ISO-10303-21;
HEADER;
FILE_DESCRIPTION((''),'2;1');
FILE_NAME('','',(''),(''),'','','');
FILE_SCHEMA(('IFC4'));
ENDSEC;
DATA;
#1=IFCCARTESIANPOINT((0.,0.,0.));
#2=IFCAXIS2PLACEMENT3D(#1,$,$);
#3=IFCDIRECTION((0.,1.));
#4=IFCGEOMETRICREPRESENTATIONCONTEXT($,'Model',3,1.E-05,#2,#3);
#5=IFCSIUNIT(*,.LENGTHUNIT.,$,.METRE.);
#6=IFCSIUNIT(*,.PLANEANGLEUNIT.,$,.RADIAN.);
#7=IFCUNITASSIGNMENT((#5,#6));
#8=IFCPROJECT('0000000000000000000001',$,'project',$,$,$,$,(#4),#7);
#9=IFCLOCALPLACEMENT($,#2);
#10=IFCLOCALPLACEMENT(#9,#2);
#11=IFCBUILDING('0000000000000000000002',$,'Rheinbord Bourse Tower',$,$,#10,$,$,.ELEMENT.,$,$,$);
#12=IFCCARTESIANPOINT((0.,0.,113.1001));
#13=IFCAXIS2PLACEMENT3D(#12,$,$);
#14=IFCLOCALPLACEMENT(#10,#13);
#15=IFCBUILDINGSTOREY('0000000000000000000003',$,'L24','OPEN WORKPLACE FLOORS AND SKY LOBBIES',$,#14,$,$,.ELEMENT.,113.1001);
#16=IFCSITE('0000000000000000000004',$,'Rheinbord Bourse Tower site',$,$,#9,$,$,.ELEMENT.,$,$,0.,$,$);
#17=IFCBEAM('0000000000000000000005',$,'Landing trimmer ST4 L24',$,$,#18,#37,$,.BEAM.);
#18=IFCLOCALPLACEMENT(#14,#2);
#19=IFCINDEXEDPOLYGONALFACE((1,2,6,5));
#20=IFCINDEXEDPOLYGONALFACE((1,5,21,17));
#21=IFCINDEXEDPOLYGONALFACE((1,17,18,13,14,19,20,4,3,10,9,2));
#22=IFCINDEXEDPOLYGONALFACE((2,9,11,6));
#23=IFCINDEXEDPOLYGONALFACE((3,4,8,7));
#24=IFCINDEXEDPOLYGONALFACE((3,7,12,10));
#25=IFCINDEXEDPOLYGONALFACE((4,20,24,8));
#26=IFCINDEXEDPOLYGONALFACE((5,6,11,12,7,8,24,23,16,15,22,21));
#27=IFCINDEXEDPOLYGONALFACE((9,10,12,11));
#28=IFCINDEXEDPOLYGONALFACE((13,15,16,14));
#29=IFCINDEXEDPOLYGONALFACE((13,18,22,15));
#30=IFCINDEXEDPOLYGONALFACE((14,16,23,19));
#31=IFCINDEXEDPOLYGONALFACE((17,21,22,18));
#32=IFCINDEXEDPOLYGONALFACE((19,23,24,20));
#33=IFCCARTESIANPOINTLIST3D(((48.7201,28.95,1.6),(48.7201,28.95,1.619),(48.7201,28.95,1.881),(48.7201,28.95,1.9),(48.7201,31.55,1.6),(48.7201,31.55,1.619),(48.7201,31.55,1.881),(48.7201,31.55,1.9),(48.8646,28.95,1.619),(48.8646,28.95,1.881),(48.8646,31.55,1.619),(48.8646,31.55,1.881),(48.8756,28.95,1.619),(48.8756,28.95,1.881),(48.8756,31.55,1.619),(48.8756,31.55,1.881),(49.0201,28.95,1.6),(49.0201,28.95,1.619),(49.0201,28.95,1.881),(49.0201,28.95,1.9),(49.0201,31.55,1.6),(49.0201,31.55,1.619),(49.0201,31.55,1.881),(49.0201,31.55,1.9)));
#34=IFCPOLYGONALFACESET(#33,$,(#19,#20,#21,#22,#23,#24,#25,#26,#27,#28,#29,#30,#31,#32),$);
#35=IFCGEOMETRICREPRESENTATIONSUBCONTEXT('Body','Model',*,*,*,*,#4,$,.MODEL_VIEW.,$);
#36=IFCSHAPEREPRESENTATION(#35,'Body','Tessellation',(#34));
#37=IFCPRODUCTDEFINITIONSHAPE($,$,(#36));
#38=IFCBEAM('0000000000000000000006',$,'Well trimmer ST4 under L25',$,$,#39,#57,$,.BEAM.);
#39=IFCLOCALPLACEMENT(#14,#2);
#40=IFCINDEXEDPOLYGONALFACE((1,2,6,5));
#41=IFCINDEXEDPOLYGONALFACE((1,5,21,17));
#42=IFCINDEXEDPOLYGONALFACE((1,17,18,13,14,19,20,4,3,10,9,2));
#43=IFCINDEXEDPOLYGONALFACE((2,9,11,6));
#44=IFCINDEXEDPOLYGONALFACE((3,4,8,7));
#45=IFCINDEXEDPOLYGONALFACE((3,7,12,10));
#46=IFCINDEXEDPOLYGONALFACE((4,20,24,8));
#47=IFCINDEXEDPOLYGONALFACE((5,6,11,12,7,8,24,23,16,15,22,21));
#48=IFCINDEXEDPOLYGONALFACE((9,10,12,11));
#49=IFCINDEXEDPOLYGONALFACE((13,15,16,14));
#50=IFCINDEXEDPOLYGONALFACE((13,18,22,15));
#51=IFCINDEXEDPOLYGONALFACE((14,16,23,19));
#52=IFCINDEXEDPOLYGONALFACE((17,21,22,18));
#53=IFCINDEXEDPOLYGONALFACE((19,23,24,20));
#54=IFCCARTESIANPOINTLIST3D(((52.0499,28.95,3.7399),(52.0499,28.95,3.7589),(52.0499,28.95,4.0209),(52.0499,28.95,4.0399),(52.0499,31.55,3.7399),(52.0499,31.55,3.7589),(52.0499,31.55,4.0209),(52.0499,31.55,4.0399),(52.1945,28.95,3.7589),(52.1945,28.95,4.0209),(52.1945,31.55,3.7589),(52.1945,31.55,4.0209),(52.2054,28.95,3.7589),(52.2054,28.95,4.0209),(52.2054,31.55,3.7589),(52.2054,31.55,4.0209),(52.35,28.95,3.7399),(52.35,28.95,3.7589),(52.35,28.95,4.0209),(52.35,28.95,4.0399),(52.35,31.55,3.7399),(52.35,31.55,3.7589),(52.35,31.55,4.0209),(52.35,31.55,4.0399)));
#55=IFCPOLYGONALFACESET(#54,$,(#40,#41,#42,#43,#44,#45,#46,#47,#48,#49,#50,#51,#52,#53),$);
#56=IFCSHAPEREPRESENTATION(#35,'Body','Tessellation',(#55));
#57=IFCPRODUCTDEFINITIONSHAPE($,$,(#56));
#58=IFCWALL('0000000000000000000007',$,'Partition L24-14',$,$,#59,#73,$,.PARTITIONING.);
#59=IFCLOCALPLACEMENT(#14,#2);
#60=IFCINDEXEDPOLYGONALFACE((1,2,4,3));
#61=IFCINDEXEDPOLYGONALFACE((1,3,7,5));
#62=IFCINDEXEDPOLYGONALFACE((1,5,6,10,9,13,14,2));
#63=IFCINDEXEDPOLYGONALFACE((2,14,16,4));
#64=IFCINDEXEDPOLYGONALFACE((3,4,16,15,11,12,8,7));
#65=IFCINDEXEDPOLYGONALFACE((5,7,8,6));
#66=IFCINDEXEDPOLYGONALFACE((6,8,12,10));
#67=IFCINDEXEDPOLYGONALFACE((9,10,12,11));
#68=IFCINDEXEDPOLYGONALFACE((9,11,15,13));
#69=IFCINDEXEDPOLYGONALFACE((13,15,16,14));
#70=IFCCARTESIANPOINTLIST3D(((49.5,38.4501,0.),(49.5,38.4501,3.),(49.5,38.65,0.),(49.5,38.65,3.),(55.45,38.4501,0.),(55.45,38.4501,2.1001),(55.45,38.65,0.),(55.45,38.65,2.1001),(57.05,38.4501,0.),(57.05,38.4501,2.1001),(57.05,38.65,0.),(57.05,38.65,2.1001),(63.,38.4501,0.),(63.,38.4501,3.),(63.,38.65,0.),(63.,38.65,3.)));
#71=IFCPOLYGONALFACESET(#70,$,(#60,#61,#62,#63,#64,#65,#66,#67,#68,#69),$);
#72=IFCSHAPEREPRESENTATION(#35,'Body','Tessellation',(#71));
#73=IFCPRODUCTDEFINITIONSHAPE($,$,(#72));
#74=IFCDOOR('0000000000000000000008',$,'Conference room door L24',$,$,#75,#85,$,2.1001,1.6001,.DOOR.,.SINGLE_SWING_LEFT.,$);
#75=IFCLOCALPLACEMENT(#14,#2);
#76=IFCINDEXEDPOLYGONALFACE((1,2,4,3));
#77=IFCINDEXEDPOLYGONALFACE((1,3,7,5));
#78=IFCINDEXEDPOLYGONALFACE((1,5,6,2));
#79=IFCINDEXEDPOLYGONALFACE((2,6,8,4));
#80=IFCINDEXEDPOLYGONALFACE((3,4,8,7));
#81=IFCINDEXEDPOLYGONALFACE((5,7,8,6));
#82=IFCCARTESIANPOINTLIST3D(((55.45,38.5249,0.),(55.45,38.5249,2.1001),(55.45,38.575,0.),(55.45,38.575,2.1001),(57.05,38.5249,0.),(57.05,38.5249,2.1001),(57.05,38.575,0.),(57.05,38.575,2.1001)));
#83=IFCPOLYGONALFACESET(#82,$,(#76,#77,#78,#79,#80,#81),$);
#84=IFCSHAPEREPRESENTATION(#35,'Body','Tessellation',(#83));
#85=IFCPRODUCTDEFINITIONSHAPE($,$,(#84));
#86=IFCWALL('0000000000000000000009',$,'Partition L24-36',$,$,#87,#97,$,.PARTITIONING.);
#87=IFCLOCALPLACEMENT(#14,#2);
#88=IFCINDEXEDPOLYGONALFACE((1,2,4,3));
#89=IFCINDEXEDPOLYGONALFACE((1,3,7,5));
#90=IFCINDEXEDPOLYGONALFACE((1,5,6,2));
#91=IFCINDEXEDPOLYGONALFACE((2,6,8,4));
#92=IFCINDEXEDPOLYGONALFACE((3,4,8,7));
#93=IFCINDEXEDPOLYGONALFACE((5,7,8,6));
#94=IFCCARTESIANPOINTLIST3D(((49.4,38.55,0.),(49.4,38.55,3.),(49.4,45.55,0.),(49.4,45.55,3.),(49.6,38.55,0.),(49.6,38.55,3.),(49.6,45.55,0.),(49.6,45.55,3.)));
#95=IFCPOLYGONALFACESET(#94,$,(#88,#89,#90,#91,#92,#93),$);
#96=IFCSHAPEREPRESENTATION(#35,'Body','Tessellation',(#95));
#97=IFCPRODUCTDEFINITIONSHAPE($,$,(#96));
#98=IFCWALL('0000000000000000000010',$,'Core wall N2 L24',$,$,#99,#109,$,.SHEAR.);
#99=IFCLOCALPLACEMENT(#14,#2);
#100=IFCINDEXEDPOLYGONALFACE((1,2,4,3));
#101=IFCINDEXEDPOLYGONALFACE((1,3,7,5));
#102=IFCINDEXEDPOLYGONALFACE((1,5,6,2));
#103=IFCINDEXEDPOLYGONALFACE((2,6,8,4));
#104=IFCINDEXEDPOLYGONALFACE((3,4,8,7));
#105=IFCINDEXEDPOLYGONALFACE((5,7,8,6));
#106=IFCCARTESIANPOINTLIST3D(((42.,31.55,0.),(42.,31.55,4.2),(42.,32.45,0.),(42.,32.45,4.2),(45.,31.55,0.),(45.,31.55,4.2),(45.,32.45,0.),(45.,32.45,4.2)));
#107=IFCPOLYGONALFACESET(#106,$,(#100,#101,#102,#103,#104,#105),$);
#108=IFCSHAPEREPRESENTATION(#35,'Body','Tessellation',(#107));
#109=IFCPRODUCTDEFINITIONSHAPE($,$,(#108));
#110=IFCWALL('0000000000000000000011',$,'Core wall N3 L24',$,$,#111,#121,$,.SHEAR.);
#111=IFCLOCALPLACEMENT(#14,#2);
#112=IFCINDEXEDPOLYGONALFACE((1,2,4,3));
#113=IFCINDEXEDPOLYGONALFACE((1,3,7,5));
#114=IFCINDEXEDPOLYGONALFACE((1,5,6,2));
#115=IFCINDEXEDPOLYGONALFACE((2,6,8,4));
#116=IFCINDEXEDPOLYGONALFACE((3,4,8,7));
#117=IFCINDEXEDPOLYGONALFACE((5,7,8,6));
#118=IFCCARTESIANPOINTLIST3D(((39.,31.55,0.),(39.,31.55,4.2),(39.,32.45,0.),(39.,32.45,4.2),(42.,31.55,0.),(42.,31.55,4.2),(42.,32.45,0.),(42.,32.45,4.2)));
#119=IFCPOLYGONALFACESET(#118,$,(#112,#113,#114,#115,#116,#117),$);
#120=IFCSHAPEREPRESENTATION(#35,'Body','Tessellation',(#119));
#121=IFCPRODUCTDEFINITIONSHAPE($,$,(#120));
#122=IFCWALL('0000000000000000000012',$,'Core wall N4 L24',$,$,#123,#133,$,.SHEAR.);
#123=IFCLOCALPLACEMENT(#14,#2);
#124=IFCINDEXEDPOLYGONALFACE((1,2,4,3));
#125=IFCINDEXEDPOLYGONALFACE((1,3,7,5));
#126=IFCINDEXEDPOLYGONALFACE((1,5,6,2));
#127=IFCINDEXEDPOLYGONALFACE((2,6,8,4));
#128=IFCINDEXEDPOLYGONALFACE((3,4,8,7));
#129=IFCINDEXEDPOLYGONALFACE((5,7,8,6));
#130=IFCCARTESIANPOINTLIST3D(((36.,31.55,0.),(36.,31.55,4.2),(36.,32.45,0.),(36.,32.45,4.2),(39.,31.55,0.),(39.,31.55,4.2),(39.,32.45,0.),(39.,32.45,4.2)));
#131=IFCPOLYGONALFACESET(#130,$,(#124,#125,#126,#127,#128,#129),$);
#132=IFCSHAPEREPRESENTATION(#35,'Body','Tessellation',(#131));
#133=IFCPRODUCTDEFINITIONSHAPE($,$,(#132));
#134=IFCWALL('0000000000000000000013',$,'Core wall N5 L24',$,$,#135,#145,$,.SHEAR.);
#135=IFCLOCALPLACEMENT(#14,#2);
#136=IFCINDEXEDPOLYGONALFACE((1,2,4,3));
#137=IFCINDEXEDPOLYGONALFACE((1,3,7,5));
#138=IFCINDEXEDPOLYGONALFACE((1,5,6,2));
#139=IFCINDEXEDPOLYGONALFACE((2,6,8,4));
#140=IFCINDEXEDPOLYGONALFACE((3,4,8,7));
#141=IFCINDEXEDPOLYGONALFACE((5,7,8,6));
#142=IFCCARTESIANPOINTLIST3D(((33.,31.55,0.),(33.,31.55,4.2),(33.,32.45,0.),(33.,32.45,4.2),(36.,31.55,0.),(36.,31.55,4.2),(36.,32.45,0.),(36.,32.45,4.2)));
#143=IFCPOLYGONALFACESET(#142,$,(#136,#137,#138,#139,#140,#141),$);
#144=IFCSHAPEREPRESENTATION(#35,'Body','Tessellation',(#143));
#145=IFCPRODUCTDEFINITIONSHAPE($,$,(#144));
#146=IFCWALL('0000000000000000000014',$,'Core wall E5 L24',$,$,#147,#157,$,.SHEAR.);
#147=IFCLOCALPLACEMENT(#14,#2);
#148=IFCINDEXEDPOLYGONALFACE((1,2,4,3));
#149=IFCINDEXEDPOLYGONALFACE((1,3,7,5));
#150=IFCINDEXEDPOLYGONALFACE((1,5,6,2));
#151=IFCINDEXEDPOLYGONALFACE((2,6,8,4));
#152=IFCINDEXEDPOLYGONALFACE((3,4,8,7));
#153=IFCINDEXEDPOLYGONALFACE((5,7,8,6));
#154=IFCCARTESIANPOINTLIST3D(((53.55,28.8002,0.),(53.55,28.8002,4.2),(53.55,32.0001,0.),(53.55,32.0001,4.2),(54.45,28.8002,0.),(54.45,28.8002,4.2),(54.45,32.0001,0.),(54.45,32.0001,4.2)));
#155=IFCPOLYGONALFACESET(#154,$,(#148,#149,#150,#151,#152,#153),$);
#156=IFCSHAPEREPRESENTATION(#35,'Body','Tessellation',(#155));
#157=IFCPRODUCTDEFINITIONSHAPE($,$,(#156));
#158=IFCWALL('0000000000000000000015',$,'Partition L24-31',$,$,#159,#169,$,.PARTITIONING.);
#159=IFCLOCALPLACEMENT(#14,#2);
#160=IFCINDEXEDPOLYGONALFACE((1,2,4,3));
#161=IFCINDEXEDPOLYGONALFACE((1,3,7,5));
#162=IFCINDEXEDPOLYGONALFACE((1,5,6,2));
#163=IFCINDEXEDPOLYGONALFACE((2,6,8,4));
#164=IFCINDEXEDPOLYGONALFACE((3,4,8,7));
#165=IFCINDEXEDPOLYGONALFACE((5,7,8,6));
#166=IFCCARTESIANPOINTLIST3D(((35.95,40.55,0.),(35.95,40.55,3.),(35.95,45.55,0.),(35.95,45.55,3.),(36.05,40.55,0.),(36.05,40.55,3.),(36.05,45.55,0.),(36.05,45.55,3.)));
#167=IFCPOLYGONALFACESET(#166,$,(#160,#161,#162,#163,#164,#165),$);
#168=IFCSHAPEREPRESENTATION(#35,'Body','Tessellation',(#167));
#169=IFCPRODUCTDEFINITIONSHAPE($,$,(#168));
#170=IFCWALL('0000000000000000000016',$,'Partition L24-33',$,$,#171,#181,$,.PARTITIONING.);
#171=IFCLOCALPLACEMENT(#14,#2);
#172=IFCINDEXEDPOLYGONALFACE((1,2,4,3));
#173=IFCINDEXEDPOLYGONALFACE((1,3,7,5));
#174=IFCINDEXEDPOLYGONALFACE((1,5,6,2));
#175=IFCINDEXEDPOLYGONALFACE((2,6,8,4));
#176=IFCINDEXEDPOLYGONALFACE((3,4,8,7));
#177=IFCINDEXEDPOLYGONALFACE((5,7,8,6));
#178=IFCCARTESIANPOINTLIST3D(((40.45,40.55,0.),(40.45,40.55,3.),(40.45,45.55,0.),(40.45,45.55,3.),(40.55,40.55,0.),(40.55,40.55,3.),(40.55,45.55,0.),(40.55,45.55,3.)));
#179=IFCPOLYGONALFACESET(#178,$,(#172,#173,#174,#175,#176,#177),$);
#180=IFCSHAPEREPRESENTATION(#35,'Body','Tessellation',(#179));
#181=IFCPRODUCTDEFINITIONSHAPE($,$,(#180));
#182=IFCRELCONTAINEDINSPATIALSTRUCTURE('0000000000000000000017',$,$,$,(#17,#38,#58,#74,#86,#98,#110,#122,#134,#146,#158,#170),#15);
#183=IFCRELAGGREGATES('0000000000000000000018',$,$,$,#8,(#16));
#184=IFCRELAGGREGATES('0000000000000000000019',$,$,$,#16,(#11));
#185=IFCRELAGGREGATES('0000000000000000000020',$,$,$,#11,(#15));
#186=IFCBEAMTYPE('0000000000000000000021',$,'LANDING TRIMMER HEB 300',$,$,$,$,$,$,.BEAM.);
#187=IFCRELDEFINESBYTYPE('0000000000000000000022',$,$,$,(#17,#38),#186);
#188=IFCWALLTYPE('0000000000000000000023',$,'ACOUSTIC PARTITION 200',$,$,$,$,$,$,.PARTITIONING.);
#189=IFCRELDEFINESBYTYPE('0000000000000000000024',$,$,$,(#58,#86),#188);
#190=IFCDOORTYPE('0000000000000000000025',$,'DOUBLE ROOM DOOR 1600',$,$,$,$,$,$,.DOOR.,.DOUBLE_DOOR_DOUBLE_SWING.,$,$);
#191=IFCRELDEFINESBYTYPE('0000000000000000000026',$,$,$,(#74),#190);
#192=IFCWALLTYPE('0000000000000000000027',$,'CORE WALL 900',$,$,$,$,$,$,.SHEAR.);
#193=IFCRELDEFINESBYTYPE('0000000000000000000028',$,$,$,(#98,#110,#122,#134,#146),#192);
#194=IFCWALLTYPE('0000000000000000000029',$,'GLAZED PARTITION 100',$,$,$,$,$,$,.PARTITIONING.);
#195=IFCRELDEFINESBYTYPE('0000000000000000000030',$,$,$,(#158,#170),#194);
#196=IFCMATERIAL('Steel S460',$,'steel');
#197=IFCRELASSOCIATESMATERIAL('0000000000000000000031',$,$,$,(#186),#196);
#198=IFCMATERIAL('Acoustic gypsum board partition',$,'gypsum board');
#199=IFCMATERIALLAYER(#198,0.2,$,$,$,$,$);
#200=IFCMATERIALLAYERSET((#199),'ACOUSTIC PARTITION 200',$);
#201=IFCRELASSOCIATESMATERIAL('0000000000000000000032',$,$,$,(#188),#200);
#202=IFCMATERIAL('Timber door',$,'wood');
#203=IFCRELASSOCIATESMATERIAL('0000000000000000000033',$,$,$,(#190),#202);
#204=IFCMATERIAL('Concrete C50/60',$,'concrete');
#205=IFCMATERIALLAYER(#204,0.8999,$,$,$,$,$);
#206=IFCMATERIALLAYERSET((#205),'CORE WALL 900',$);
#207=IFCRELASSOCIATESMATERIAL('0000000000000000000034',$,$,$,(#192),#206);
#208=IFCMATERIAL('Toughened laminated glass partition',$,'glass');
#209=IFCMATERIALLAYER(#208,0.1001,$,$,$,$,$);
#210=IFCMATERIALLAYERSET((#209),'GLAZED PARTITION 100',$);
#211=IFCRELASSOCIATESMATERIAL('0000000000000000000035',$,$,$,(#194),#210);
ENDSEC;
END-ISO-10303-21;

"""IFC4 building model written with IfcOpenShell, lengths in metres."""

from ifc_helpers import new_model, si_unit, direction, frame, frame_2d, origin, origin_2d, place, context, subcontext, project, spatial, rectangle, i_section, extrude, material, layer, layer_set, material_profile, profile_set, type_object, element, fill, save


model = new_model("IFC4")

# Units and contexts
model_context = context("Model", 3, precision=1e-05, world=origin(), true_north=direction((0.0, 1.0)))
body_context = subcontext(model_context, "Body", "Model", "MODEL_VIEW")
ifc_project = project(units=[si_unit("LENGTHUNIT", "METRE"), si_unit("PLANEANGLEUNIT", "RADIAN")], contexts=[model_context])

# Site, building, storey
site_placement = place(None, origin())
site = spatial("IfcSite", under=ifc_project, at=site_placement, Name="Rheinbord Bourse Tower site", CompositionType="ELEMENT", RefElevation=0.0)
building_placement = place(site_placement, origin())
building = spatial("IfcBuilding", under=site, at=building_placement, Name="Rheinbord Bourse Tower", CompositionType="ELEMENT")
storey_placement = place(building_placement, frame((0.0, 0.0, 113.1001)))
storey = spatial("IfcBuildingStorey", under=building, at=storey_placement, Name="L24", Description="OPEN WORKPLACE FLOORS AND SKY LOBBIES", CompositionType="ELEMENT", Elevation=113.1001)

# Beams
ifc_material_1 = material(Name="Steel S460", Category="steel")
ifc_material_profile = material_profile(ifc_material_1, i_section(OverallWidth=0.3, OverallDepth=0.3, WebThickness=0.011, FlangeThickness=0.019, at=origin_2d()), Name="HEB 300")
ifc_profile_set = profile_set([ifc_material_profile], Name="Steel S460")
beam_type = type_object("IfcBeamType", Name="LANDING TRIMMER HEB 300", PredefinedType="BEAM", material=ifc_profile_set)
for number, where, z_axis, x_axis, name in (
    (1, (48.8701, 28.95, 1.75), (0.0, 1.0, 0.0), (-1.0, 0.0, 0.0), "Landing trimmer ST4 L24"),
    (2, (52.2, 28.95, 3.8899), (0.0, 1.0, 0.0), (-1.0, 0.0, 0.0), "Well trimmer ST4 under L25"),
):
    element("IfcBeam", number, at=place(storey_placement, frame(where, z_axis=z_axis, x_axis=x_axis)), inside=storey, type_object=beam_type, Name=name, PredefinedType="BEAM", context=body_context, shape_type="SweptSolid", body=[
        extrude(i_section(OverallWidth=0.3, OverallDepth=0.3, WebThickness=0.011, FlangeThickness=0.019, at=origin_2d()), origin(), (0.0, 0.0, 1.0), 2.6001),
    ])

# Wall, opening, door
ifc_material_2 = material(Name="Acoustic gypsum board partition", Category="gypsum board")
ifc_layer_1 = layer(ifc_material_2, 0.2)
ifc_layer_set_1 = layer_set([ifc_layer_1], Name="ACOUSTIC PARTITION 200")
wall_type_1 = type_object("IfcWallType", Name="ACOUSTIC PARTITION 200", PredefinedType="PARTITIONING", material=ifc_layer_set_1)
wall_1_placement = place(storey_placement, frame((49.5, 38.55, 0.0), z_axis=(0.0, 0.0, 1.0), x_axis=(1.0, 0.0, 0.0)))
wall_1 = element("IfcWall", 3, at=wall_1_placement, inside=storey, type_object=wall_type_1, Name="Partition L24-14", PredefinedType="PARTITIONING", context=body_context, shape_type="SweptSolid", body=[
    extrude(rectangle(XDim=13.5, YDim=0.2, at=frame_2d((6.75, 0.0))), origin(), (0.0, 0.0, 1.0), 3.0),
])
opening_1_placement = place(wall_1_placement, frame((5.95, 0.0, 0.0)))
opening_1 = element("IfcOpeningElement", 4, at=opening_1_placement, cuts=wall_1, PredefinedType="OPENING", context=body_context, shape_type="SweptSolid", body=[
    extrude(rectangle(XDim=1.6001, YDim=2.1001, at=frame_2d((0.8, 1.05))), frame((0.0, 0.1099, 0.0), z_axis=(0.0, -1.0, 0.0), x_axis=(1.0, 0.0, 0.0)), (0.0, 0.0, 1.0), 0.22),
])
ifc_material_3 = material(Name="Timber door", Category="wood")
door_type = type_object("IfcDoorType", Name="DOUBLE ROOM DOOR 1600", OperationType="DOUBLE_DOOR_DOUBLE_SWING", PredefinedType="DOOR", material=ifc_material_3)
door_1_placement = place(opening_1_placement, origin())
door_1 = element("IfcDoor", 5, at=door_1_placement, inside=storey, type_object=door_type, Name="Conference room door L24", OperationType="SINGLE_SWING_LEFT", OverallHeight=2.1001, OverallWidth=1.6001, PredefinedType="DOOR", context=body_context, shape_type="SweptSolid", body=[
    extrude(rectangle(XDim=1.6001, YDim=2.1001, at=frame_2d((0.8, 1.05))), frame((0.0, 0.0249, 0.0), z_axis=(0.0, -1.0, 0.0), x_axis=(1.0, 0.0, 0.0)), (0.0, 0.0, 1.0), 0.05),
])
fill(opening_1, door_1)

# Walls
wall_2_placement = place(storey_placement, frame((49.5, 38.55, 0.0), z_axis=(0.0, 0.0, 1.0), x_axis=(0.0, 1.0, 0.0)))
element("IfcWall", 6, at=wall_2_placement, inside=storey, type_object=wall_type_1, Name="Partition L24-36", PredefinedType="PARTITIONING", context=body_context, shape_type="SweptSolid", body=[
    extrude(rectangle(XDim=7.0, YDim=0.2, at=frame_2d((3.5, 0.0))), origin(), (0.0, 0.0, 1.0), 3.0),
])
ifc_material_4 = material(Name="Concrete C50/60", Category="concrete")
ifc_layer_2 = layer(ifc_material_4, 0.8999)
ifc_layer_set_2 = layer_set([ifc_layer_2], Name="CORE WALL 900")
wall_type_2 = type_object("IfcWallType", Name="CORE WALL 900", PredefinedType="SHEAR", material=ifc_layer_set_2)
for number, where, z_axis, x_axis, name in (
    (7, (45.0, 32.0, 0.0), (0.0, 0.0, 1.0), (-1.0, 0.0, 0.0), "Core wall N2 L24"),
    (8, (42.0, 32.0, 0.0), (0.0, 0.0, 1.0), (-1.0, 0.0, 0.0), "Core wall N3 L24"),
    (9, (39.0, 32.0, 0.0), (0.0, 0.0, 1.0), (-1.0, 0.0, 0.0), "Core wall N4 L24"),
    (10, (36.0, 32.0, 0.0), (0.0, 0.0, 1.0), (-1.0, 0.0, 0.0), "Core wall N5 L24"),
):
    element("IfcWall", number, at=place(storey_placement, frame(where, z_axis=z_axis, x_axis=x_axis)), inside=storey, type_object=wall_type_2, Name=name, PredefinedType="SHEAR", context=body_context, shape_type="SweptSolid", body=[
        extrude(rectangle(XDim=3.0, YDim=0.8999, at=frame_2d((1.5, 0.0))), origin(), (0.0, 0.0, 1.0), 4.2),
    ])
wall_3_placement = place(storey_placement, frame((54.0, 28.8, 0.0), z_axis=(0.0, 0.0, 1.0), x_axis=(0.0, 1.0, 0.0)))
element("IfcWall", 11, at=wall_3_placement, inside=storey, type_object=wall_type_2, Name="Core wall E5 L24", PredefinedType="SHEAR", context=body_context, shape_type="SweptSolid", body=[
    extrude(rectangle(XDim=3.2, YDim=0.8999, at=frame_2d((1.6001, 0.0))), origin(), (0.0, 0.0, 1.0), 4.2),
])
ifc_material_5 = material(Name="Toughened laminated glass partition", Category="glass")
ifc_layer_3 = layer(ifc_material_5, 0.1001)
ifc_layer_set_3 = layer_set([ifc_layer_3], Name="GLAZED PARTITION 100")
wall_type_3 = type_object("IfcWallType", Name="GLAZED PARTITION 100", PredefinedType="PARTITIONING", material=ifc_layer_set_3)
for number, where, z_axis, x_axis, name in (
    (12, (36.0, 40.55, 0.0), (0.0, 0.0, 1.0), (0.0, 1.0, 0.0), "Partition L24-31"),
    (13, (40.5, 40.55, 0.0), (0.0, 0.0, 1.0), (0.0, 1.0, 0.0), "Partition L24-33"),
):
    element("IfcWall", number, at=place(storey_placement, frame(where, z_axis=z_axis, x_axis=x_axis)), inside=storey, type_object=wall_type_3, Name=name, PredefinedType="PARTITIONING", context=body_context, shape_type="SweptSolid", body=[
        extrude(rectangle(XDim=5.0, YDim=0.1001, at=frame_2d((2.5, 0.0))), origin(), (0.0, 0.0, 1.0), 3.0),
    ])

save(model, "model.ifc")
